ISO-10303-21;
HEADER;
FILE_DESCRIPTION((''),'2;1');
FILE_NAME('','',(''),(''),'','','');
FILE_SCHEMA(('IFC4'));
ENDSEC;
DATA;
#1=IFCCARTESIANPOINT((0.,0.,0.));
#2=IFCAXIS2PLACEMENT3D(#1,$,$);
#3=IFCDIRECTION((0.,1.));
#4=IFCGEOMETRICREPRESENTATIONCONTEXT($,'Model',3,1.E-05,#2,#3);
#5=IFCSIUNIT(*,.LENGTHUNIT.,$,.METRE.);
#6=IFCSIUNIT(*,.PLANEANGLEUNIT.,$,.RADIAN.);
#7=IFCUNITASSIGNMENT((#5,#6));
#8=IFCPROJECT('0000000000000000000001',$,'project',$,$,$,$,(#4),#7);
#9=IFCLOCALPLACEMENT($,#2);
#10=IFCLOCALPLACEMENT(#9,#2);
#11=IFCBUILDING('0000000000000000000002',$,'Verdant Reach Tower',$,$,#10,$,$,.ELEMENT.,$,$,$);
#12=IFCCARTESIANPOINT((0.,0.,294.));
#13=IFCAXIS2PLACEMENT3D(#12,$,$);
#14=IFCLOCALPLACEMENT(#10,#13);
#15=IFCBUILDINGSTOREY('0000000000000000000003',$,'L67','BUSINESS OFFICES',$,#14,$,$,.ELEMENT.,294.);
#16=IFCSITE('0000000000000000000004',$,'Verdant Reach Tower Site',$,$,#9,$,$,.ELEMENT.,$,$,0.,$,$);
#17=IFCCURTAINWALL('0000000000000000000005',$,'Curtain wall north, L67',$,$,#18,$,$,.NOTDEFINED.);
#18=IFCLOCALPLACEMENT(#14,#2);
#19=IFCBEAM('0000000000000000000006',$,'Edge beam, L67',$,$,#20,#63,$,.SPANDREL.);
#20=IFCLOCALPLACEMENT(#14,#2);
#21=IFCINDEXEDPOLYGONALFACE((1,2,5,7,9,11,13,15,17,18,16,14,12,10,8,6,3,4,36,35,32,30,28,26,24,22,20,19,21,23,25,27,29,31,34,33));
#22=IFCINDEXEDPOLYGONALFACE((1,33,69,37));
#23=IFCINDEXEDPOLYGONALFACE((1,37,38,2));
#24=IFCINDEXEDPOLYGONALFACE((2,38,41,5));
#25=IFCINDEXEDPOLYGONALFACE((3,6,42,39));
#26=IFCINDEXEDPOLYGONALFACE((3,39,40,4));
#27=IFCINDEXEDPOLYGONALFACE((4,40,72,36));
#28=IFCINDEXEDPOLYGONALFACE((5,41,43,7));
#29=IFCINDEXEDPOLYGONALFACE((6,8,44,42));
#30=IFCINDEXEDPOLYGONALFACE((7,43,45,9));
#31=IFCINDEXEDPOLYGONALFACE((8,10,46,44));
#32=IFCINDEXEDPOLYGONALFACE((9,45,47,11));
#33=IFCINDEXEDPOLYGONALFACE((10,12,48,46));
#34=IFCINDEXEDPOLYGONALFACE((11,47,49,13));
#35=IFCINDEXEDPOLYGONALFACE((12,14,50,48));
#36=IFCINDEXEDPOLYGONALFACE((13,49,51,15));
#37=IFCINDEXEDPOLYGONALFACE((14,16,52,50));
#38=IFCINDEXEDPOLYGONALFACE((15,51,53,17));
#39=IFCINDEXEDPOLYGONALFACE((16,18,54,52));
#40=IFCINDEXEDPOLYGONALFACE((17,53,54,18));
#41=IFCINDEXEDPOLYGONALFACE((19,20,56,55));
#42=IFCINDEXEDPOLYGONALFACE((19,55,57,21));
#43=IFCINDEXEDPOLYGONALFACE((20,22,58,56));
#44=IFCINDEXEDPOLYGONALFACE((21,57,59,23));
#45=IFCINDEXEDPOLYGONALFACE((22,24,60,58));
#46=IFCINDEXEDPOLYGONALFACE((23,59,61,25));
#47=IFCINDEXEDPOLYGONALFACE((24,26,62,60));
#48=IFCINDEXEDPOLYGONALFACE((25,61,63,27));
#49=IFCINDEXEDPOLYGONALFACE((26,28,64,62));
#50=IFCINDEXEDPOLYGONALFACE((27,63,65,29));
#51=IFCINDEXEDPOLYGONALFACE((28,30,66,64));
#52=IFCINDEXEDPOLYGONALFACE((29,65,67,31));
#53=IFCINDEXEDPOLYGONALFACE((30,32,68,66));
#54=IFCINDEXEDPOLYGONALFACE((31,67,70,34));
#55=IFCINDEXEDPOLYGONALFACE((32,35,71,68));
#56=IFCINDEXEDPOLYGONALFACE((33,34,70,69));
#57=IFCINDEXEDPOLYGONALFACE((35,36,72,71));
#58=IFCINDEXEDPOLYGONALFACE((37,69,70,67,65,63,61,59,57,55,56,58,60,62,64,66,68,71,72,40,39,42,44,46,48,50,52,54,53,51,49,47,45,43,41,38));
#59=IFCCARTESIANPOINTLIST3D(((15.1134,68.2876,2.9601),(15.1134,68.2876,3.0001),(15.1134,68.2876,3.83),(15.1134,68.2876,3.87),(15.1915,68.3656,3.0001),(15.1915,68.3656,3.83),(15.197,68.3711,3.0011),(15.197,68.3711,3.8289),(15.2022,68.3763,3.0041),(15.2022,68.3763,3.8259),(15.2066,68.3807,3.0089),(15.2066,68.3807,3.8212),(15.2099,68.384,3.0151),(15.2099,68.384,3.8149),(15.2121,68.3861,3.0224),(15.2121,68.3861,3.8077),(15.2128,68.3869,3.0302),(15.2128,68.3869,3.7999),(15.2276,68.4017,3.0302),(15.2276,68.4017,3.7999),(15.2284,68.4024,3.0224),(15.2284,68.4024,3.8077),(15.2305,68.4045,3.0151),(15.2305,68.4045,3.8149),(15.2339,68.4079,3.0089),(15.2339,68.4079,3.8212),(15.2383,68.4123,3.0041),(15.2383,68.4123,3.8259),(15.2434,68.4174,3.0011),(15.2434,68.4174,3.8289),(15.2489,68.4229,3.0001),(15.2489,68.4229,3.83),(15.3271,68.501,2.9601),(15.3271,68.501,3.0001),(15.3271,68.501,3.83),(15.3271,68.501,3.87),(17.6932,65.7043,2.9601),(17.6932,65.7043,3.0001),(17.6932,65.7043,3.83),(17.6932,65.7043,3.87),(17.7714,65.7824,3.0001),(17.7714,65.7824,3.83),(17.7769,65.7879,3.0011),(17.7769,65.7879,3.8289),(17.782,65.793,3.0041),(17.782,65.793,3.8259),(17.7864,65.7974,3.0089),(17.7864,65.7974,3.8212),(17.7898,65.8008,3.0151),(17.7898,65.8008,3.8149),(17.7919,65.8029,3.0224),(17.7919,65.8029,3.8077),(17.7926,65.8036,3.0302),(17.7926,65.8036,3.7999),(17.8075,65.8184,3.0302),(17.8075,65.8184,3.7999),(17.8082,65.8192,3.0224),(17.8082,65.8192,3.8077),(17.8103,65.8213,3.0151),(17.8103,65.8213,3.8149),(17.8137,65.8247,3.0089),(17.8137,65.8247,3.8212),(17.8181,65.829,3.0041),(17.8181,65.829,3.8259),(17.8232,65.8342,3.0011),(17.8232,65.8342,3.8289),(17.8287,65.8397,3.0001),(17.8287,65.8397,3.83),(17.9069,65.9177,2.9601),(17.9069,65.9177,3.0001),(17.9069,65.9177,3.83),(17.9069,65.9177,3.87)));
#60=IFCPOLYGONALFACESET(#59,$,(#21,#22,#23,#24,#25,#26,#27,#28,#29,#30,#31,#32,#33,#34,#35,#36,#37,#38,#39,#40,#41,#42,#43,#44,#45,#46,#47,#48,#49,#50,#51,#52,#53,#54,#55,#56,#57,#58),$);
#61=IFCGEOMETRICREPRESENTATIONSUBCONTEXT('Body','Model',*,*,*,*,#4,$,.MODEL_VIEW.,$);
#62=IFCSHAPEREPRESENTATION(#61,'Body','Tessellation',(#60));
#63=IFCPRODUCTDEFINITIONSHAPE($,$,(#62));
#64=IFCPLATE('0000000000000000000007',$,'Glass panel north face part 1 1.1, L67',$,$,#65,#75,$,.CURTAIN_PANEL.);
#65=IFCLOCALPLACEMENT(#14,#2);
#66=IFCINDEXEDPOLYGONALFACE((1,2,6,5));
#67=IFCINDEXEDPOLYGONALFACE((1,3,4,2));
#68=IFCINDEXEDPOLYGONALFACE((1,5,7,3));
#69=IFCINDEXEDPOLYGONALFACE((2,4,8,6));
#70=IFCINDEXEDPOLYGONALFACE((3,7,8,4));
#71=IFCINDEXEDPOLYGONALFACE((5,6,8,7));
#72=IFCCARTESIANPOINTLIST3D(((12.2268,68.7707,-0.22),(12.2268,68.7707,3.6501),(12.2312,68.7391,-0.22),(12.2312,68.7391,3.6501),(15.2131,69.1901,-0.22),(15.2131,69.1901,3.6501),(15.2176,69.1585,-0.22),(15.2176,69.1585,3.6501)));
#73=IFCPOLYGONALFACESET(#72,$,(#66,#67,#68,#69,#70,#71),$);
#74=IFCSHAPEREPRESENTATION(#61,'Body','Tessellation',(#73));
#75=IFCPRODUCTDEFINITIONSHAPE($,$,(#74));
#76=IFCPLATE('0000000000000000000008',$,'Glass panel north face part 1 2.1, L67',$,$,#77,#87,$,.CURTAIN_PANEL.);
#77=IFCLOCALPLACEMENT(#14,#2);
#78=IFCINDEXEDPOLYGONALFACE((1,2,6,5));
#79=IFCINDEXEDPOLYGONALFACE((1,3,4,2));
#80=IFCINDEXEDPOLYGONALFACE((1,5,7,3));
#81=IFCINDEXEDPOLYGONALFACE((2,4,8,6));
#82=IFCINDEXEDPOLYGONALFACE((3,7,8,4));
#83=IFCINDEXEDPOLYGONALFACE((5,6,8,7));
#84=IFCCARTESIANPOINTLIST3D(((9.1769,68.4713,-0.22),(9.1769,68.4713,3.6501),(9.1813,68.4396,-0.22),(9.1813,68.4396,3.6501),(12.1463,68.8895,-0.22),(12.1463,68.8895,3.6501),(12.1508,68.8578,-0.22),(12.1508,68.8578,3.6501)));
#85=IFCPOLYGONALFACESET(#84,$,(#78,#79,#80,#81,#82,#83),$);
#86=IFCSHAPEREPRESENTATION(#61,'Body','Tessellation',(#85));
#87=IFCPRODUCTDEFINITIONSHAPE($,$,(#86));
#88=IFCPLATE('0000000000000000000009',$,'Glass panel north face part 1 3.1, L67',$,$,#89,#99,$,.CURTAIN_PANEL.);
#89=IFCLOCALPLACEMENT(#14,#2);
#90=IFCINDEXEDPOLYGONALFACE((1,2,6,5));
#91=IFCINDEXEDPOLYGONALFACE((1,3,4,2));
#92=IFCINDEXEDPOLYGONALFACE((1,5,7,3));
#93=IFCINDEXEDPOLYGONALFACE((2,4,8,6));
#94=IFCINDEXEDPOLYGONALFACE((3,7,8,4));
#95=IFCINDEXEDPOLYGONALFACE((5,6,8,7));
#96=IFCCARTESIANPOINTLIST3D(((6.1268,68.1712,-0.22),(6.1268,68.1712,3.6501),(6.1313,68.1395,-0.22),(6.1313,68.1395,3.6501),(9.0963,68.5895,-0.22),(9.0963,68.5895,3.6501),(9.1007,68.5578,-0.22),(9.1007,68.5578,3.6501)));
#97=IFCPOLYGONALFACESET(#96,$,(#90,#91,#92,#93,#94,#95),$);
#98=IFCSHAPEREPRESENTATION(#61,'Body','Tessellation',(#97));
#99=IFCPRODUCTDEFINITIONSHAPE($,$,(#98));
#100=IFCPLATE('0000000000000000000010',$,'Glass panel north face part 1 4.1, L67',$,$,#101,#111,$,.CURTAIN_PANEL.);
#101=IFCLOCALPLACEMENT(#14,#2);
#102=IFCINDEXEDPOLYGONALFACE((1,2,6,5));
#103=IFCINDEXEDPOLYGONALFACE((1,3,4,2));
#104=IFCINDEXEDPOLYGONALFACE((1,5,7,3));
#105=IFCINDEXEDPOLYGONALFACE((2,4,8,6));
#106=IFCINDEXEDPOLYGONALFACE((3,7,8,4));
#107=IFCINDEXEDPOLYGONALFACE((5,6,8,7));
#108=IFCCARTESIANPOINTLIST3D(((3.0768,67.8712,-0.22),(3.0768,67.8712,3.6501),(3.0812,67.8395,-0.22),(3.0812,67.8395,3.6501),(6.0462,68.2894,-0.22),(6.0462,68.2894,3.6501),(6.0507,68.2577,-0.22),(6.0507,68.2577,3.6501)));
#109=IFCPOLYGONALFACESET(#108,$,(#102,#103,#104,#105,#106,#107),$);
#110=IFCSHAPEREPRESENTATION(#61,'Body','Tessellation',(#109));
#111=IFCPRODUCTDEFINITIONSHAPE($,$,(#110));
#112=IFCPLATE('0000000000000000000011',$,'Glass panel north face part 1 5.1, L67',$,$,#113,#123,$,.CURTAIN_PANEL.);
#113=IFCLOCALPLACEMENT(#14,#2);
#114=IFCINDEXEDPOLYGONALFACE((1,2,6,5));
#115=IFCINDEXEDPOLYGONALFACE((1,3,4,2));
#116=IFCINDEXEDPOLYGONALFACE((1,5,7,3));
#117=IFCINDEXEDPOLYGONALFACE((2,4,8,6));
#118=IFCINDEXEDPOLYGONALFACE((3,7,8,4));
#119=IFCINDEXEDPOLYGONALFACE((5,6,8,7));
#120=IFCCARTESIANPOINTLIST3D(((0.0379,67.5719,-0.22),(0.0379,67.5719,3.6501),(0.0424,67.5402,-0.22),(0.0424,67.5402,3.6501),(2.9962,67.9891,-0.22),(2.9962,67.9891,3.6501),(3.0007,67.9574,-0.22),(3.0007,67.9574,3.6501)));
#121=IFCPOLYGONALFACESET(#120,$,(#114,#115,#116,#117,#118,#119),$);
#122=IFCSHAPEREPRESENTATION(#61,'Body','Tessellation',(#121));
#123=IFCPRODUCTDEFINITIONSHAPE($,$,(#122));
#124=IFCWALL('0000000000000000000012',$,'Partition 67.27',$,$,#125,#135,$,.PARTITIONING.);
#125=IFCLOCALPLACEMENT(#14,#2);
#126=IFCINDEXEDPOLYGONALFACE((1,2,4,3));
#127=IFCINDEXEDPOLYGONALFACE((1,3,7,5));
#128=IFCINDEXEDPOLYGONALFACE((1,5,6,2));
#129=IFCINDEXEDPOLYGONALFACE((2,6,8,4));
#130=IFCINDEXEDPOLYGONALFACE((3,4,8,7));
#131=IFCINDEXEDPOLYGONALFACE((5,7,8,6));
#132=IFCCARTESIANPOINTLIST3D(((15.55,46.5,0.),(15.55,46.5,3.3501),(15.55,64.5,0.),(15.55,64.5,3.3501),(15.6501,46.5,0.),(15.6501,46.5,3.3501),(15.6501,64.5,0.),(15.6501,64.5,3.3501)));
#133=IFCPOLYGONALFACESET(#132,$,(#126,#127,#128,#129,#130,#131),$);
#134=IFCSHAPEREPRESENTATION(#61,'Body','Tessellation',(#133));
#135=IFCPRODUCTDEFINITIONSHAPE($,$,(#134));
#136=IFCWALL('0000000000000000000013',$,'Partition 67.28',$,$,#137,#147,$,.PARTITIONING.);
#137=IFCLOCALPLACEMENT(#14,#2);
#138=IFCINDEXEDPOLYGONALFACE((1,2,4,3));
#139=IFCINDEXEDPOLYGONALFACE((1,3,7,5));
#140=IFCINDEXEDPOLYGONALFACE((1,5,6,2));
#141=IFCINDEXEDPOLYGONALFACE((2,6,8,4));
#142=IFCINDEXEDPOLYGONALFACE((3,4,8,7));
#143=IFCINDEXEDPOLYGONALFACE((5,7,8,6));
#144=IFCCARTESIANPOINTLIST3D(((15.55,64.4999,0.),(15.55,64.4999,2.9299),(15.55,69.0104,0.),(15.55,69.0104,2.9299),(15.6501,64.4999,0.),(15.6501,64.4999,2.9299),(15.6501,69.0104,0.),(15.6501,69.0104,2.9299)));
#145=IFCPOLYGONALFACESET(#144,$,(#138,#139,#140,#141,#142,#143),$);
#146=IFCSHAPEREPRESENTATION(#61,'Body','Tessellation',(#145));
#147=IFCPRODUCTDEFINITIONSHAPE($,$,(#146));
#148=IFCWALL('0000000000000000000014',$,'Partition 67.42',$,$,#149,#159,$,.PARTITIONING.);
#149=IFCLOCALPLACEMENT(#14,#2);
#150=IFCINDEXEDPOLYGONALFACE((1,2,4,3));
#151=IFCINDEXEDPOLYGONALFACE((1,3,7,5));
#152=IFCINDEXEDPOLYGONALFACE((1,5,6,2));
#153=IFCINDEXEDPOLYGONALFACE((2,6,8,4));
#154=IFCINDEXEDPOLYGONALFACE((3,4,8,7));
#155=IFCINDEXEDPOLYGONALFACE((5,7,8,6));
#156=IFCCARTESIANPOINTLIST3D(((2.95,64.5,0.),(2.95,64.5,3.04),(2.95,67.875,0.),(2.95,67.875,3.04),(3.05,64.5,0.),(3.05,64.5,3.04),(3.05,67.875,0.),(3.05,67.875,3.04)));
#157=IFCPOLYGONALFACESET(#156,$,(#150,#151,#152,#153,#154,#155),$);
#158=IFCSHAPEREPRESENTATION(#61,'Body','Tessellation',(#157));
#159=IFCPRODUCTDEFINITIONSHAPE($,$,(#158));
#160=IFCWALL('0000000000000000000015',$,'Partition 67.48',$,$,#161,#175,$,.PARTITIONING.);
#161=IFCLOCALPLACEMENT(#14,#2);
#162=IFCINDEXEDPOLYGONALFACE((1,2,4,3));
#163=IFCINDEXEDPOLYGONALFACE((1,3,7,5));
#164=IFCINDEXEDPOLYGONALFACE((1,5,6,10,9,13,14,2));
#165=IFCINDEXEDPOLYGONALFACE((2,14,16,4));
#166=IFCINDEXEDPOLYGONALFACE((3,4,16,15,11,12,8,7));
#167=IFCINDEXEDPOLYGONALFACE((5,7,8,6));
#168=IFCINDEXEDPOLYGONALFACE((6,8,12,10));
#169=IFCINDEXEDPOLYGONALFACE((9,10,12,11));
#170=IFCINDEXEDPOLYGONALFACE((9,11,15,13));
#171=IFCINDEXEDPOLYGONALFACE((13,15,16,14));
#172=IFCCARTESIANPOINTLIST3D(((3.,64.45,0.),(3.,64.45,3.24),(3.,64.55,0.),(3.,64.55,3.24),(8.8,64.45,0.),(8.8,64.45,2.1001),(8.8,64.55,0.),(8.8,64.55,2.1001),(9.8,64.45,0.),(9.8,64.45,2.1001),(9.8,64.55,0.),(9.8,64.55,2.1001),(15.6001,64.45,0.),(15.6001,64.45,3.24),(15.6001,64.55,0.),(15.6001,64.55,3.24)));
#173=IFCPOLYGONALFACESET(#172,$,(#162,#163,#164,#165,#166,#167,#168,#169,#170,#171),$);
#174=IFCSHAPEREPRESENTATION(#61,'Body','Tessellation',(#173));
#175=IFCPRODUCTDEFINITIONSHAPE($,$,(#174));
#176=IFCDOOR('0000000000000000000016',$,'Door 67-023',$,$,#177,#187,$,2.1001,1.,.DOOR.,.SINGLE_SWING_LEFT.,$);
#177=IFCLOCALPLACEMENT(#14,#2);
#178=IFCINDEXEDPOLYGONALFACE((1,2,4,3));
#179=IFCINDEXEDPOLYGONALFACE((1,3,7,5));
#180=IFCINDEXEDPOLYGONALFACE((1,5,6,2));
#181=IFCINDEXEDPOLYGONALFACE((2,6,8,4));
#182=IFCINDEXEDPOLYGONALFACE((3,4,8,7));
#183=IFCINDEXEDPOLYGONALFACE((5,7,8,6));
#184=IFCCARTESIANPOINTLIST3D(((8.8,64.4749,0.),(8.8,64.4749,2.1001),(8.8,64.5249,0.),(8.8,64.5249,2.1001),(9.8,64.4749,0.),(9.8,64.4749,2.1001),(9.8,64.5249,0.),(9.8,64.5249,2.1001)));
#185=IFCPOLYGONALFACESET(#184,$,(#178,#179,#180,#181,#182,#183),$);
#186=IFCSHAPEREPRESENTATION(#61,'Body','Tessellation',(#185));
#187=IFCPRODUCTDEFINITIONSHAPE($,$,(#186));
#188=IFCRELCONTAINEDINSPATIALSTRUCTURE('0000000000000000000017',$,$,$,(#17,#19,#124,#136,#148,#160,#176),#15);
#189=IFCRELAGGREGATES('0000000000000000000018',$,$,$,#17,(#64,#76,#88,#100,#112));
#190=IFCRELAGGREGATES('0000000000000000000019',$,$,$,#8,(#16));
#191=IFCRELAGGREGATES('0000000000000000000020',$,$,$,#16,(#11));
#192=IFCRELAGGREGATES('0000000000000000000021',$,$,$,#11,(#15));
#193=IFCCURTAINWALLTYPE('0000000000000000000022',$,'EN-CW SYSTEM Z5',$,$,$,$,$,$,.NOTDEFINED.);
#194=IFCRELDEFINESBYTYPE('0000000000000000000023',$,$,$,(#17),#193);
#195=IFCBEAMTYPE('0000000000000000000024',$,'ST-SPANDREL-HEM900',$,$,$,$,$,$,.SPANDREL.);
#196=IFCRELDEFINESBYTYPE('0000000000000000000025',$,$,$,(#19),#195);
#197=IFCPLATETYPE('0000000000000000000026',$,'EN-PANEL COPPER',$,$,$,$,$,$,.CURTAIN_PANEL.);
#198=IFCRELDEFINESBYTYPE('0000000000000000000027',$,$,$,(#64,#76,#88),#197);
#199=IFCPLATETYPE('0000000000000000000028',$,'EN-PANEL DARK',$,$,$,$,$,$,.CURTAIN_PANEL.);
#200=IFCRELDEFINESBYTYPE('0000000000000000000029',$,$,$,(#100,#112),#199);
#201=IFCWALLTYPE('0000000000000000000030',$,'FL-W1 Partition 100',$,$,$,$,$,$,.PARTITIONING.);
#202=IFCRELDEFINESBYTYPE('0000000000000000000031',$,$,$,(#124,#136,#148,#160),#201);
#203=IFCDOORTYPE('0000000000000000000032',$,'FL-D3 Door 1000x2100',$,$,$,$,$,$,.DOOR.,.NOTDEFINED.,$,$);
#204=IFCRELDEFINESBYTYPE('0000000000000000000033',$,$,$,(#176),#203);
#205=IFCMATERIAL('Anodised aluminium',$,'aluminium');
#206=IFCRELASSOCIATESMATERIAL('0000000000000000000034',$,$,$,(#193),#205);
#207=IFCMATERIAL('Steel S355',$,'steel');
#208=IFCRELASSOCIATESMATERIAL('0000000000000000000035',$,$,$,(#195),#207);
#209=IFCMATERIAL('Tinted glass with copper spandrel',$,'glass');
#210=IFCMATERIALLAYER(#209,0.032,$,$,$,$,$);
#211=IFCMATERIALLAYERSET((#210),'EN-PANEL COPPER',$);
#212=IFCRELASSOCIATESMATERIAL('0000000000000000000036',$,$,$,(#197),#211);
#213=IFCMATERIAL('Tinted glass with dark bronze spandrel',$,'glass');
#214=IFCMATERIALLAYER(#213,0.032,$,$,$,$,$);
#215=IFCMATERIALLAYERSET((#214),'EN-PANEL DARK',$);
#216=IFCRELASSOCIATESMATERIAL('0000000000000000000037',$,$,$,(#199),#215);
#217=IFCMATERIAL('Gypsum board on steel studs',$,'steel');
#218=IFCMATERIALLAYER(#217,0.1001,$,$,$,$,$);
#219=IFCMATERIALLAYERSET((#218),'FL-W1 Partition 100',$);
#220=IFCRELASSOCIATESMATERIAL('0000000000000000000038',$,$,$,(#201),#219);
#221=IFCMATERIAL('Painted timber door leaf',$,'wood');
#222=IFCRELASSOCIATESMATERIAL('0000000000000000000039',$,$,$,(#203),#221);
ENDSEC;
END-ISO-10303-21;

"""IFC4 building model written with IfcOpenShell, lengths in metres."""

from ifc_helpers import new_model, si_unit, direction, frame, frame_2d, origin, origin_2d, place, context, subcontext, project, spatial, rectangle, i_section, extrude, material, layer, layer_set, material_profile, profile_set, type_object, element, fill, aggregate, save


model = new_model("IFC4")

# Units and contexts
model_context = context("Model", 3, precision=1e-05, world=origin(), true_north=direction((0.0, 1.0)))
body_context = subcontext(model_context, "Body", "Model", "MODEL_VIEW")
ifc_project = project(units=[si_unit("LENGTHUNIT", "METRE"), si_unit("PLANEANGLEUNIT", "RADIAN")], contexts=[model_context])

# Site, building, storey
site_placement = place(None, origin())
site = spatial("IfcSite", under=ifc_project, at=site_placement, Name="Verdant Reach Tower Site", CompositionType="ELEMENT", RefElevation=0.0)
building_placement = place(site_placement, origin())
building = spatial("IfcBuilding", under=site, at=building_placement, Name="Verdant Reach Tower", CompositionType="ELEMENT")
storey_placement = place(building_placement, frame((0.0, 0.0, 294.0)))
storey = spatial("IfcBuildingStorey", under=building, at=storey_placement, Name="L67", Description="BUSINESS OFFICES", CompositionType="ELEMENT", Elevation=294.0)

# Curtain wall
ifc_material_1 = material(Name="Anodised aluminium", Category="aluminium")
curtain_wall_type = type_object("IfcCurtainWallType", Name="EN-CW SYSTEM Z5", PredefinedType="NOTDEFINED", material=ifc_material_1)
curtain_wall_placement = place(storey_placement, origin())
curtain_wall = element("IfcCurtainWall", 1, at=curtain_wall_placement, inside=storey, type_object=curtain_wall_type, Name="Curtain wall north, L67", PredefinedType="NOTDEFINED")

# Beam
ifc_material_2 = material(Name="Steel S355", Category="steel")
ifc_material_profile_1 = material_profile(ifc_material_2, i_section(OverallWidth=0.302, OverallDepth=0.9099, WebThickness=0.021, FlangeThickness=0.04, FilletRadius=0.03, at=origin_2d()), Name="HEM 900")
ifc_profile_set_1 = profile_set([ifc_material_profile_1], Name="Steel S355")
beam_type_1 = type_object("IfcBeamType", Name="ST-SPANDREL-HEM900", PredefinedType="SPANDREL", material=ifc_profile_set_1)
beam_1_placement = place(storey_placement, frame((15.2202, 68.3943, 3.415), z_axis=(0.706639, -0.707575, 0.0), x_axis=(0.707575, 0.706639, 0.0)))
element("IfcBeam", 2, at=beam_1_placement, inside=storey, type_object=beam_type_1, Name="Edge beam, L67", PredefinedType="SPANDREL", context=body_context, shape_type="SweptSolid", body=[
    extrude(i_section(OverallWidth=0.302, OverallDepth=0.9099, WebThickness=0.021, FlangeThickness=0.04, FilletRadius=0.03, at=origin_2d()), origin(), (0.0, 0.0, 1.0), 3.6509),
])

# Plates
ifc_material_3 = material(Name="Tinted glass with copper spandrel", Category="glass")
ifc_layer_1 = layer(ifc_material_3, 0.032)
ifc_layer_set_1 = layer_set([ifc_layer_1], Name="EN-PANEL COPPER")
plate_type_1 = type_object("IfcPlateType", Name="EN-PANEL COPPER", PredefinedType="CURTAIN_PANEL", material=ifc_layer_set_1)
plate_1_placement = place(storey_placement, frame((13.7222, 68.9646, -0.22), z_axis=(0.0, 0.0, 1.0), x_axis=(-0.990282, -0.139077, 0.0)))
plate_1 = element("IfcPlate", 3, at=plate_1_placement, type_object=plate_type_1, Name="Glass panel north face part 1 1.1, L67", PredefinedType="CURTAIN_PANEL", context=body_context, shape_type="SweptSolid", body=[
    extrude(rectangle(XDim=3.0156, YDim=0.032, at=origin_2d()), origin(), (0.0, 0.0, 1.0), 3.8701),
])
plate_2_placement = place(storey_placement, frame((10.6638, 68.6646, -0.22), z_axis=(0.0, 0.0, 1.0), x_axis=(-0.990225, -0.139477, 0.0)))
plate_2 = element("IfcPlate", 4, at=plate_2_placement, type_object=plate_type_1, Name="Glass panel north face part 1 2.1, L67", PredefinedType="CURTAIN_PANEL", context=body_context, shape_type="SweptSolid", body=[
    extrude(rectangle(XDim=2.9988, YDim=0.032, at=origin_2d()), origin(), (0.0, 0.0, 1.0), 3.8701),
])
plate_3_placement = place(storey_placement, frame((7.6138, 68.3645, -0.22), z_axis=(0.0, 0.0, 1.0), x_axis=(-0.990225, -0.139477, 0.0)))
plate_3 = element("IfcPlate", 5, at=plate_3_placement, type_object=plate_type_1, Name="Glass panel north face part 1 3.1, L67", PredefinedType="CURTAIN_PANEL", context=body_context, shape_type="SweptSolid", body=[
    extrude(rectangle(XDim=2.9988, YDim=0.032, at=origin_2d()), origin(), (0.0, 0.0, 1.0), 3.8701),
])
ifc_material_4 = material(Name="Tinted glass with dark bronze spandrel", Category="glass")
ifc_layer_2 = layer(ifc_material_4, 0.032)
ifc_layer_set_2 = layer_set([ifc_layer_2], Name="EN-PANEL DARK")
plate_type_2 = type_object("IfcPlateType", Name="EN-PANEL DARK", PredefinedType="CURTAIN_PANEL", material=ifc_layer_set_2)
plate_4_placement = place(storey_placement, frame((4.5637, 68.0645, -0.22), z_axis=(0.0, 0.0, 1.0), x_axis=(-0.990225, -0.139477, 0.0)))
plate_4 = element("IfcPlate", 6, at=plate_4_placement, type_object=plate_type_2, Name="Glass panel north face part 1 4.1, L67", PredefinedType="CURTAIN_PANEL", context=body_context, shape_type="SweptSolid", body=[
    extrude(rectangle(XDim=2.9988, YDim=0.032, at=origin_2d()), origin(), (0.0, 0.0, 1.0), 3.8701),
])
plate_5_placement = place(storey_placement, frame((1.5193, 67.7646, -0.22), z_axis=(0.0, 0.0, 1.0), x_axis=(-0.9902, -0.139656, 0.0)))
plate_5 = element("IfcPlate", 7, at=plate_5_placement, type_object=plate_type_2, Name="Glass panel north face part 1 5.1, L67", PredefinedType="CURTAIN_PANEL", context=body_context, shape_type="SweptSolid", body=[
    extrude(rectangle(XDim=2.9875, YDim=0.032, at=origin_2d()), origin(), (0.0, 0.0, 1.0), 3.8701),
])
aggregate(curtain_wall, [plate_1, plate_2, plate_3, plate_4, plate_5])

# Walls
ifc_material_5 = material(Name="Gypsum board on steel studs", Category="steel")
ifc_layer_3 = layer(ifc_material_5, 0.1001)
ifc_layer_set_3 = layer_set([ifc_layer_3], Name="FL-W1 Partition 100")
wall_type = type_object("IfcWallType", Name="FL-W1 Partition 100", PredefinedType="PARTITIONING", material=ifc_layer_set_3)
wall_1_placement = place(storey_placement, frame((15.6001, 64.5, 0.0), z_axis=(0.0, 0.0, 1.0), x_axis=(0.0, -1.0, 0.0)))
element("IfcWall", 8, at=wall_1_placement, inside=storey, type_object=wall_type, Name="Partition 67.27", PredefinedType="PARTITIONING", context=body_context, shape_type="SweptSolid", body=[
    extrude(rectangle(XDim=18.0, YDim=0.1001, at=frame_2d((9.0, 0.0))), origin(), (0.0, 0.0, 1.0), 3.3501),
])
wall_2_placement = place(storey_placement, frame((15.6001, 69.0105, 0.0), z_axis=(0.0, 0.0, 1.0), x_axis=(0.0, -1.0, 0.0)))
element("IfcWall", 9, at=wall_2_placement, inside=storey, type_object=wall_type, Name="Partition 67.28", PredefinedType="PARTITIONING", context=body_context, shape_type="SweptSolid", body=[
    extrude(rectangle(XDim=4.5105, YDim=0.1001, at=frame_2d((2.2554, 0.0))), origin(), (0.0, 0.0, 1.0), 2.9299),
])
wall_3_placement = place(storey_placement, frame((3.0, 64.5, 0.0), z_axis=(0.0, 0.0, 1.0), x_axis=(0.0, 1.0, 0.0)))
element("IfcWall", 10, at=wall_3_placement, inside=storey, type_object=wall_type, Name="Partition 67.42", PredefinedType="PARTITIONING", context=body_context, shape_type="SweptSolid", body=[
    extrude(rectangle(XDim=3.375, YDim=0.1001, at=frame_2d((1.6875, 0.0))), origin(), (0.0, 0.0, 1.0), 3.04),
])

# Wall, opening, door
wall_4_placement = place(storey_placement, frame((3.0, 64.5, 0.0), z_axis=(0.0, 0.0, 1.0), x_axis=(1.0, 0.0, 0.0)))
wall_4 = element("IfcWall", 11, at=wall_4_placement, inside=storey, type_object=wall_type, Name="Partition 67.48", PredefinedType="PARTITIONING", context=body_context, shape_type="SweptSolid", body=[
    extrude(rectangle(XDim=12.6001, YDim=0.1001, at=frame_2d((6.3, 0.0))), origin(), (0.0, 0.0, 1.0), 3.24),
])
opening_placement = place(wall_4_placement, frame((5.8, 0.0, 0.0)))
opening = element("IfcOpeningElement", 12, at=opening_placement, cuts=wall_4, PredefinedType="OPENING", context=body_context, shape_type="SweptSolid", body=[
    extrude(rectangle(XDim=1.0, YDim=2.1001, at=frame_2d((0.5, 1.05))), frame((0.0, 0.0601, 0.0), z_axis=(0.0, -1.0, 0.0), x_axis=(1.0, 0.0, 0.0)), (0.0, 0.0, 1.0), 0.1201),
])
ifc_material_6 = material(Name="Painted timber door leaf", Category="wood")
door_type = type_object("IfcDoorType", Name="FL-D3 Door 1000x2100", OperationType="NOTDEFINED", PredefinedType="DOOR", material=ifc_material_6)
door_placement = place(opening_placement, origin())
door = element("IfcDoor", 13, at=door_placement, inside=storey, type_object=door_type, Name="Door 67-023", OperationType="SINGLE_SWING_LEFT", OverallHeight=2.1001, OverallWidth=1.0, PredefinedType="DOOR", context=body_context, shape_type="SweptSolid", body=[
    extrude(rectangle(XDim=1.0, YDim=2.1001, at=frame_2d((0.5, 1.05))), frame((0.0, 0.0249, 0.0), z_axis=(0.0, -1.0, 0.0), x_axis=(1.0, 0.0, 0.0)), (0.0, 0.0, 1.0), 0.05),
])
fill(opening, door)

save(model, "model.ifc")
